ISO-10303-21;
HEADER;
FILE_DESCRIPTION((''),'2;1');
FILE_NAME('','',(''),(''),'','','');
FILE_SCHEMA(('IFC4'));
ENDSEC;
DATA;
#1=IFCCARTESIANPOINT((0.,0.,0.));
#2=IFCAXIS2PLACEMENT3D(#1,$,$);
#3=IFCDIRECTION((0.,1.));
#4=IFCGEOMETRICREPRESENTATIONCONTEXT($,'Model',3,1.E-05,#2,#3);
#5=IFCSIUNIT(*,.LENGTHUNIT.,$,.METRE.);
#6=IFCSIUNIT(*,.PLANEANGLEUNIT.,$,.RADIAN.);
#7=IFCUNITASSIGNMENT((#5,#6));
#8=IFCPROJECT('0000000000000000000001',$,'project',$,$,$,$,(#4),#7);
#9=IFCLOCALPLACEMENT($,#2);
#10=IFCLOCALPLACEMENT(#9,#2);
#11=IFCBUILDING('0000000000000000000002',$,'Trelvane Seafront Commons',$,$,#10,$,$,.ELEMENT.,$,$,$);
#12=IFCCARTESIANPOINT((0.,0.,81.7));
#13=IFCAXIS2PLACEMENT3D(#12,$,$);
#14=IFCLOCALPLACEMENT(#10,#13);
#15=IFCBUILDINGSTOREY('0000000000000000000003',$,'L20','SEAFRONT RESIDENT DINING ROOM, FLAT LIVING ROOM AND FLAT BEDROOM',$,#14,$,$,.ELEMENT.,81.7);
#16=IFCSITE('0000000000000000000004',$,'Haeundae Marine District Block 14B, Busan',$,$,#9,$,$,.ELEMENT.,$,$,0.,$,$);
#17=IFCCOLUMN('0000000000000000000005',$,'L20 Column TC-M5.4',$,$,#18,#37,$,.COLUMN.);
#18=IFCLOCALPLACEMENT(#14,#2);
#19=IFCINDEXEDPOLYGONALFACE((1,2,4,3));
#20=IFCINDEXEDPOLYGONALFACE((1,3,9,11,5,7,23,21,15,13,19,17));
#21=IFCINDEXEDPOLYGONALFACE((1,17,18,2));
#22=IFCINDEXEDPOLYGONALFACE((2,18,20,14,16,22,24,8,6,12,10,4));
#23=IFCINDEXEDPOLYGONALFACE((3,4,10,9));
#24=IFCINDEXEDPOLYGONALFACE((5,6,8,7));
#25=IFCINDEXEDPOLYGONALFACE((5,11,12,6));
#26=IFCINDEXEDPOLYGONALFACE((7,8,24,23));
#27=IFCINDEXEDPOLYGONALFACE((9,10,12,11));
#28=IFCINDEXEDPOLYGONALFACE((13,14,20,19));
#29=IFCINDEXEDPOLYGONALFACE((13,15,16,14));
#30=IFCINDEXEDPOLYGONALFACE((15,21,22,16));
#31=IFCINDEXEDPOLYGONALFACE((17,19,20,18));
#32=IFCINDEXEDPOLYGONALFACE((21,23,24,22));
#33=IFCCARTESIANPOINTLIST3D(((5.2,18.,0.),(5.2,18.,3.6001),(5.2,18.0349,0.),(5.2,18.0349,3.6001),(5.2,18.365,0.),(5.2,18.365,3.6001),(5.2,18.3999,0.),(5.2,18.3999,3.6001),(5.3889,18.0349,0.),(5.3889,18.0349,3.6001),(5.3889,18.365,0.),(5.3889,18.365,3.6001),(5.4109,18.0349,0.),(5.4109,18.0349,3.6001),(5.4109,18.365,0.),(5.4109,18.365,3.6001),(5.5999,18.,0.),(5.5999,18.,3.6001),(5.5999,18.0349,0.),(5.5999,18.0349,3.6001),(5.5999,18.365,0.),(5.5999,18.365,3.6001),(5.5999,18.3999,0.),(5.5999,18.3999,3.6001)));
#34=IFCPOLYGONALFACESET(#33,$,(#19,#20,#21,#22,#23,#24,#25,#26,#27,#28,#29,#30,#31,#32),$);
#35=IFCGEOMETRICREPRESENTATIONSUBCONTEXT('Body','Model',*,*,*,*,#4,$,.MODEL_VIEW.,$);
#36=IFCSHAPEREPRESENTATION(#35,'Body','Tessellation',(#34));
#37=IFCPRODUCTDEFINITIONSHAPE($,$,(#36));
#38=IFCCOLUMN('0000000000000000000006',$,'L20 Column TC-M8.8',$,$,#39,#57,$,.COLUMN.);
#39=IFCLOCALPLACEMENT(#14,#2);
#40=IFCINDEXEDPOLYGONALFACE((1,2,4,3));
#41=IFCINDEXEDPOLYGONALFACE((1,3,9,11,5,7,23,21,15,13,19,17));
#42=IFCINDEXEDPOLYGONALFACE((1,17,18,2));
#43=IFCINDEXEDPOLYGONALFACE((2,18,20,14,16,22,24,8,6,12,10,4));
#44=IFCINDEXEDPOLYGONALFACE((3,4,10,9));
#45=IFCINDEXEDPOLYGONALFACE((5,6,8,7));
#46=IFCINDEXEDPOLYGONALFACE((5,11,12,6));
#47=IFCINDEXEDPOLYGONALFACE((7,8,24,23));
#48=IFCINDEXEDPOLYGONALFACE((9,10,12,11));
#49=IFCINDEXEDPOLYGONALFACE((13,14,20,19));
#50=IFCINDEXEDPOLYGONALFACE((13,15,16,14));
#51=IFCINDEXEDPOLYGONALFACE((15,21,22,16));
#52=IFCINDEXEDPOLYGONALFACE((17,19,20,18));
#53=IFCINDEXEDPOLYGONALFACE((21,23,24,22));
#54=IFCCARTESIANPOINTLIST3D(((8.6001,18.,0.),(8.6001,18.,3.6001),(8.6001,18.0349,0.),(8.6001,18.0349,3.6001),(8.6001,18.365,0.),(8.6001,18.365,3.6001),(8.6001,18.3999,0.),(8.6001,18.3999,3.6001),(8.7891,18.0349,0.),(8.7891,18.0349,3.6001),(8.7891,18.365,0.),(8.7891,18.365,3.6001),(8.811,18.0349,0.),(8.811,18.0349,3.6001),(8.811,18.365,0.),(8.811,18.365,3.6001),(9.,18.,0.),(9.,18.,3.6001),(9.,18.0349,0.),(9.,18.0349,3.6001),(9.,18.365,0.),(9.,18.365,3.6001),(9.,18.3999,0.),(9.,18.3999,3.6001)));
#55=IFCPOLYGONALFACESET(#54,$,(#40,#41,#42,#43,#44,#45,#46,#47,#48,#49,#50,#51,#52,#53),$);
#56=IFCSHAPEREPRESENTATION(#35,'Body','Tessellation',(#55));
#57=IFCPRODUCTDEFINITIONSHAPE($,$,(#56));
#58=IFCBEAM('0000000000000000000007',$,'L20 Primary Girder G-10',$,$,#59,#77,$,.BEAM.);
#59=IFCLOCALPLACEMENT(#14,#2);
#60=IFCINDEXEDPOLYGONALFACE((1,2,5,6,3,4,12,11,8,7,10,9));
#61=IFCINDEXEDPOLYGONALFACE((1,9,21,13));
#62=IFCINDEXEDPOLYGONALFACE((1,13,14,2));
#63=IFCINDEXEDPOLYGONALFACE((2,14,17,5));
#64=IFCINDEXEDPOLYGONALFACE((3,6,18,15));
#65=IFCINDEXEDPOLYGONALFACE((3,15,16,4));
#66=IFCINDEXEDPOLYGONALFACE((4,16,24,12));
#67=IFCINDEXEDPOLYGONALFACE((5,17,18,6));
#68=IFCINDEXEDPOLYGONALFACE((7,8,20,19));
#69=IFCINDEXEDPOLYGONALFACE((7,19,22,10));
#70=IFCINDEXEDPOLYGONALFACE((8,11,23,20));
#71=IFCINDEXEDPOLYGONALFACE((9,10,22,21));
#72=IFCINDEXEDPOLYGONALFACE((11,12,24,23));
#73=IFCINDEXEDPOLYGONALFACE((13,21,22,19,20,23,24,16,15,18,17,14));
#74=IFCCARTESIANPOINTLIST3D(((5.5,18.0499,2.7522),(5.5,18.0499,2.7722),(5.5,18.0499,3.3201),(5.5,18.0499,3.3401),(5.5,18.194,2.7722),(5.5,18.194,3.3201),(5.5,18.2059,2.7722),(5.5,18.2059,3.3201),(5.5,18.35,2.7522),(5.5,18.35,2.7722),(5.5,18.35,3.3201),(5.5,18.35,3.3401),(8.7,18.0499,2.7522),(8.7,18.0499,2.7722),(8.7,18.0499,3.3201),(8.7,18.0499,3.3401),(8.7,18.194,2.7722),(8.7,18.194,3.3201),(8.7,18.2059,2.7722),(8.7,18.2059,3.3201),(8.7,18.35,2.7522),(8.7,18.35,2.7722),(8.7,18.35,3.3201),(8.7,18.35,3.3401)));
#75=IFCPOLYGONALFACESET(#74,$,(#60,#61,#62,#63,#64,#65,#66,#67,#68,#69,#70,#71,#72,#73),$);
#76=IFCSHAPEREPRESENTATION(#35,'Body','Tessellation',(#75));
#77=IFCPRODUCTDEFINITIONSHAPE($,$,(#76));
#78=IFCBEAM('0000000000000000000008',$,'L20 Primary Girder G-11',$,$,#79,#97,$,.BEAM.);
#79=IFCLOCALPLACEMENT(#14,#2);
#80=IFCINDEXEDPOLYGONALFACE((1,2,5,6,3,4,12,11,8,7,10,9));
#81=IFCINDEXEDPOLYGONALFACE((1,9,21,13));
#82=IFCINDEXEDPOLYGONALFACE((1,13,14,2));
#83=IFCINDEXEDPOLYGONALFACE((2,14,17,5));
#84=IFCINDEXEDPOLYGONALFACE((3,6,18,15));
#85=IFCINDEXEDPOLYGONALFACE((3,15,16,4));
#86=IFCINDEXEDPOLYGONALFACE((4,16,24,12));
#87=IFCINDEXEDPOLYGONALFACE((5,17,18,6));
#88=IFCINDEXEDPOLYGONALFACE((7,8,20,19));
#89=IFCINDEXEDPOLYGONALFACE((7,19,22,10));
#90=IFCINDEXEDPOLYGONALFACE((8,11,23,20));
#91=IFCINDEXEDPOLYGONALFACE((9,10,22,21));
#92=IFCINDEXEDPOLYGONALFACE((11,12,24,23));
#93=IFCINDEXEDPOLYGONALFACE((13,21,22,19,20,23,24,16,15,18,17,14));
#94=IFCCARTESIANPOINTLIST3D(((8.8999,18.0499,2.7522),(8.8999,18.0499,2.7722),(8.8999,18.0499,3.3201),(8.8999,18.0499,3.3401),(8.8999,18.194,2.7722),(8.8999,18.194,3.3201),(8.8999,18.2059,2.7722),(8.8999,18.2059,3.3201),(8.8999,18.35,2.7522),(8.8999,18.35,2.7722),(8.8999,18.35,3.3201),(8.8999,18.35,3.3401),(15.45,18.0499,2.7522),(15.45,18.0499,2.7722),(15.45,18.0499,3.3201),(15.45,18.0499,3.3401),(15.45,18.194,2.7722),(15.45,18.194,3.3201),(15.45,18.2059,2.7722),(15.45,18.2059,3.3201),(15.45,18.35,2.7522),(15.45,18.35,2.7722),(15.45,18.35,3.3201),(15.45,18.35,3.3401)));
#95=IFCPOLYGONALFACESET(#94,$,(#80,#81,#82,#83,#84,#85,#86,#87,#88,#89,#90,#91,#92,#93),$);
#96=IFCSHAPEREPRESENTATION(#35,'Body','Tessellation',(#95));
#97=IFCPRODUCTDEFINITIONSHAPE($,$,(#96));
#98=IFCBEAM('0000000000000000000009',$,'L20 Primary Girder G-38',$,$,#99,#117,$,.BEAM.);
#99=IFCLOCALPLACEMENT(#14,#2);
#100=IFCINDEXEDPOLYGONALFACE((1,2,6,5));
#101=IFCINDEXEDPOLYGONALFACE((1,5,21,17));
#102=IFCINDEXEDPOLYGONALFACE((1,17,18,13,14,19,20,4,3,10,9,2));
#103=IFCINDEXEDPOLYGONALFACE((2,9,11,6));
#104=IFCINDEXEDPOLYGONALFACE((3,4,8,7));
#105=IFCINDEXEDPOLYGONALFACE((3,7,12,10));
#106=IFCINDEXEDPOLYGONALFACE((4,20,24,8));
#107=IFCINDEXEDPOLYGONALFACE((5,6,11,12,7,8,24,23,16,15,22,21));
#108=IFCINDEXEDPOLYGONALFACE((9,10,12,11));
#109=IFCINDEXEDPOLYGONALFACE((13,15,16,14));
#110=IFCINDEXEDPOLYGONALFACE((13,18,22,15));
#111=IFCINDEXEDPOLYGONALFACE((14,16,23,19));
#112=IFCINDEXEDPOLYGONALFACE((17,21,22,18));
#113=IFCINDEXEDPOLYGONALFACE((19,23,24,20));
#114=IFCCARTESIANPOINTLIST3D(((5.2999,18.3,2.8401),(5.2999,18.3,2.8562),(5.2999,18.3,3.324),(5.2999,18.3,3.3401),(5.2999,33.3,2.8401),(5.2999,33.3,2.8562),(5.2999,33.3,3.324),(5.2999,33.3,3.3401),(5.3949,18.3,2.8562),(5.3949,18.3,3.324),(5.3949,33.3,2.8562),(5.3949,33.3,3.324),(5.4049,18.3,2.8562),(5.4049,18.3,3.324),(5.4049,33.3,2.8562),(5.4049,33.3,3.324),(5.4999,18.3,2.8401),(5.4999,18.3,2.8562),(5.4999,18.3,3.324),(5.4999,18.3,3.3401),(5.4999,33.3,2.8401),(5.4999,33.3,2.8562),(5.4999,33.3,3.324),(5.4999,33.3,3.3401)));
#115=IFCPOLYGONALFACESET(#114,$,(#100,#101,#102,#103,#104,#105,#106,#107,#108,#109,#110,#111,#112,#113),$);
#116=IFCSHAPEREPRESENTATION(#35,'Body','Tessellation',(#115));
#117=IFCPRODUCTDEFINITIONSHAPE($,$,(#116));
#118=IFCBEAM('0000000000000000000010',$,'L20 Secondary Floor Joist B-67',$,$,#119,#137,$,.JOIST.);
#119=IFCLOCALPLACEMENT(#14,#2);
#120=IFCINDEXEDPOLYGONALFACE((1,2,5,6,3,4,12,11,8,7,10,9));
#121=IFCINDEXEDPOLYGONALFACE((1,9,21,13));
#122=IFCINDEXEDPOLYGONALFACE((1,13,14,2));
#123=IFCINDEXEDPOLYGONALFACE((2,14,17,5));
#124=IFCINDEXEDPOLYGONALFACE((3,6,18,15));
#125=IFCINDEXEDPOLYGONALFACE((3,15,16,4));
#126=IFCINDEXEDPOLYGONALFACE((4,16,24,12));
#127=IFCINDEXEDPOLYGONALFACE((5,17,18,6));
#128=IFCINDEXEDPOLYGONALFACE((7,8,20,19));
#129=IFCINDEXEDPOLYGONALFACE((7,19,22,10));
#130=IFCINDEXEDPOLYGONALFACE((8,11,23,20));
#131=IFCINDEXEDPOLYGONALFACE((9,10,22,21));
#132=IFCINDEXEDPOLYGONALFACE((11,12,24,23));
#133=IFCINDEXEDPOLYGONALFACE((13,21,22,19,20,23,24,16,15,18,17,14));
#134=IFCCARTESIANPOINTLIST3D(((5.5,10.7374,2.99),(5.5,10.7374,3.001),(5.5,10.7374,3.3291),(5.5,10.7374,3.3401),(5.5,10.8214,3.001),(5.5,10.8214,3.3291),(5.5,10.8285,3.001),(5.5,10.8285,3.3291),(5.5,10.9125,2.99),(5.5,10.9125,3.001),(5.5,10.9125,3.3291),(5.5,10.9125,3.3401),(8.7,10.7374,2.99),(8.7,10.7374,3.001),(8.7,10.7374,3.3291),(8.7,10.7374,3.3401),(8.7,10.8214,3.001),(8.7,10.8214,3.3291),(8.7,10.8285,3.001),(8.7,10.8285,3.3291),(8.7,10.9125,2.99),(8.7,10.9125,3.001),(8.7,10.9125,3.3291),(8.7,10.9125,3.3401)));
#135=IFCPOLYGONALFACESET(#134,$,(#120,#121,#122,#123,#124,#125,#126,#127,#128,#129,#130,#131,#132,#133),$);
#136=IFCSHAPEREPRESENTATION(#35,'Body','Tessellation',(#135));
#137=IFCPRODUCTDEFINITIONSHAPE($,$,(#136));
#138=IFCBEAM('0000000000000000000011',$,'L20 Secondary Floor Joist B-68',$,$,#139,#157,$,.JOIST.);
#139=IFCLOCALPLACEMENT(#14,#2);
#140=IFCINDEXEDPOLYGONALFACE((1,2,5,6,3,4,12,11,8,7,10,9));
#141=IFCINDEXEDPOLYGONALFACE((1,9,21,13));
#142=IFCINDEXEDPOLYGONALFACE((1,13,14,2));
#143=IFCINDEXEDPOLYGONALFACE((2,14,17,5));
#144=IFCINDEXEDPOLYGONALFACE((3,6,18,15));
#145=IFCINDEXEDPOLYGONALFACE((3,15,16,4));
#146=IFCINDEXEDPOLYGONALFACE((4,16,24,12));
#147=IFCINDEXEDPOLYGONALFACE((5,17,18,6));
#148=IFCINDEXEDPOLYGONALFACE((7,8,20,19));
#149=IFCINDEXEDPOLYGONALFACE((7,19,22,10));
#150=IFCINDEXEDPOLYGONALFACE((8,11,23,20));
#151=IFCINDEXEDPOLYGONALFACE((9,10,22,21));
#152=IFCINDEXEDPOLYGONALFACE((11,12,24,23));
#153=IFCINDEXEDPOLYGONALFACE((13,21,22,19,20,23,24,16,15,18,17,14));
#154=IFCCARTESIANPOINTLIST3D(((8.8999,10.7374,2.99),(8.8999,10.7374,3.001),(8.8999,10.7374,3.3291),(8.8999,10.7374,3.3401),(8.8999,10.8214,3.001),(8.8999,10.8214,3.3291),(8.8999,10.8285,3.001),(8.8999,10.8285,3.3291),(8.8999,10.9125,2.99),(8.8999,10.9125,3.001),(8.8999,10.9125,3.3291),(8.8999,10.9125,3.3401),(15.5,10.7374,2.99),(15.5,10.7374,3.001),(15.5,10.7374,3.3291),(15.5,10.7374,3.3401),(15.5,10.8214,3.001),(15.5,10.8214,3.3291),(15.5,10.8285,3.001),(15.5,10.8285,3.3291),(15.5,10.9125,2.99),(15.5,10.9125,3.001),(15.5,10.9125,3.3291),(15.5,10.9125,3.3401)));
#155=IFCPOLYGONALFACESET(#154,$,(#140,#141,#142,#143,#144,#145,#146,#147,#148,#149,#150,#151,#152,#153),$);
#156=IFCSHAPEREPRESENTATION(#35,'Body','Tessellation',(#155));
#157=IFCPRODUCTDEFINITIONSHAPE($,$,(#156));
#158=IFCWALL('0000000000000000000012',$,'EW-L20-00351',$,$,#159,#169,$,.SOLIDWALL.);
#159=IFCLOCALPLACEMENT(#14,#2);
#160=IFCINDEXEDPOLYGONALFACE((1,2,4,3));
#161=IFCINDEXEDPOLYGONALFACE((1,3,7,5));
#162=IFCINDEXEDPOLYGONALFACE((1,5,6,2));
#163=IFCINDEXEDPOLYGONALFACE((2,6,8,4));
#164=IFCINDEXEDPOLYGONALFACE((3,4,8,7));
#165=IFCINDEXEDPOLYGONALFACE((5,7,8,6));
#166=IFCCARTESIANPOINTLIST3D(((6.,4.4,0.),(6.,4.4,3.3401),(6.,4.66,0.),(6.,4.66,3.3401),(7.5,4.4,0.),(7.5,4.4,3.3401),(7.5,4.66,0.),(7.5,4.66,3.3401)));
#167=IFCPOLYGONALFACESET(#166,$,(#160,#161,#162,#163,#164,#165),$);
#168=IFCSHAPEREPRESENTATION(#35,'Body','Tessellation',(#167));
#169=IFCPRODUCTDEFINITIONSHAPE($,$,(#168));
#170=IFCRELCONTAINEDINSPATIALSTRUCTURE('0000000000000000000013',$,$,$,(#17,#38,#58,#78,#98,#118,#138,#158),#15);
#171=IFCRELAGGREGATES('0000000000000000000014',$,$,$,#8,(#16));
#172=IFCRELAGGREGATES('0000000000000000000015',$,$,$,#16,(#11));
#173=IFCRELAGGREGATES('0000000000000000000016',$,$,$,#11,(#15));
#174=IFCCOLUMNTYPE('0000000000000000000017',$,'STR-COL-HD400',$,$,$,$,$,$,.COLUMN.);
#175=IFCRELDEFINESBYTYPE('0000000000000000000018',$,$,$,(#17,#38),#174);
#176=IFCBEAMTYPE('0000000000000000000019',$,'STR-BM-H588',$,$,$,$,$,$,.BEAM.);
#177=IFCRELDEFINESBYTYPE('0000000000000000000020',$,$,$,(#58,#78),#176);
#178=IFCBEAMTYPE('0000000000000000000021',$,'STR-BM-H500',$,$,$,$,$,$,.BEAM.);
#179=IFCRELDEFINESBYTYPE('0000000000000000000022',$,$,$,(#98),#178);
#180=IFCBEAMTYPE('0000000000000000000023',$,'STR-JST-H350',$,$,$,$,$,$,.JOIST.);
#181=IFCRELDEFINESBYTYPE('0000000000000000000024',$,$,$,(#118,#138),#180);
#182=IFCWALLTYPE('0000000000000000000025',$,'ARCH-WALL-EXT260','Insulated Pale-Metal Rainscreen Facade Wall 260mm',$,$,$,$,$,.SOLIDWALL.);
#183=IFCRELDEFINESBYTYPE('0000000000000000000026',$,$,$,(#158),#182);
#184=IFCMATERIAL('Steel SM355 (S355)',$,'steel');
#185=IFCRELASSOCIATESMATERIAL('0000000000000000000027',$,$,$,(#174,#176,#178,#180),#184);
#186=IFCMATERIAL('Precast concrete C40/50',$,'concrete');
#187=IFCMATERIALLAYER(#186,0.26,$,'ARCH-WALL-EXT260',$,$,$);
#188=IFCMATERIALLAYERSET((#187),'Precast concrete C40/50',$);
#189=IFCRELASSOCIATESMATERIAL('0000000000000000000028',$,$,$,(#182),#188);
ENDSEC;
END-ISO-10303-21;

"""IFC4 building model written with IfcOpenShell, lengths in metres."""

from ifc_helpers import new_model, si_unit, direction, frame, frame_2d, origin, origin_2d, place, context, subcontext, project, spatial, rectangle, i_section, extrude, source, transform, mapped, material, layer, layer_set, material_profile, profile_set, type_object, element, save


model = new_model("IFC4")

# Units and contexts
model_context = context("Model", 3, precision=1e-05, world=origin(), true_north=direction((0.0, 1.0)))
body_context = subcontext(model_context, "Body", "Model", "MODEL_VIEW")
ifc_project = project(units=[si_unit("LENGTHUNIT", "METRE"), si_unit("PLANEANGLEUNIT", "RADIAN")], contexts=[model_context])

# Site, building, storey
site_placement = place(None, origin())
site = spatial("IfcSite", under=ifc_project, at=site_placement, Name="Haeundae Marine District Block 14B, Busan", CompositionType="ELEMENT", RefElevation=0.0)
building_placement = place(site_placement, origin())
building = spatial("IfcBuilding", under=site, at=building_placement, Name="Trelvane Seafront Commons", CompositionType="ELEMENT")
storey_placement = place(building_placement, frame((0.0, 0.0, 81.7)))
storey = spatial("IfcBuildingStorey", under=building, at=storey_placement, Name="L20", Description="SEAFRONT RESIDENT DINING ROOM, FLAT LIVING ROOM AND FLAT BEDROOM", CompositionType="ELEMENT", Elevation=81.7)

# Columns
ifc_material_1 = material(Name="Steel SM355 (S355)", Category="steel")
ifc_material_profile_1 = material_profile(ifc_material_1, i_section(OverallWidth=0.3999, OverallDepth=0.3999, WebThickness=0.022, FlangeThickness=0.0349, at=origin_2d()), Name="HD-400x400x22x35")
ifc_profile_set_1 = profile_set([ifc_material_profile_1], Name="Steel SM355 (S355)")
column_type = type_object("IfcColumnType", Name="STR-COL-HD400", PredefinedType="COLUMN", material=ifc_profile_set_1)
shared_shape_1 = source(origin(), body_context, "Body", "SweptSolid", [
    extrude(i_section(OverallWidth=0.3999, OverallDepth=0.3999, WebThickness=0.022, FlangeThickness=0.0349, at=origin_2d()), origin(), (0.0, 0.0, 1.0), 3.6001),
])
for number, where, z_axis, x_axis, name in (
    (1, (5.3999, 18.2, 0.0), (0.0, 0.0, 1.0), (1.0, 0.0, 0.0), "L20 Column TC-M5.4"),
    (2, (8.8, 18.2, 0.0), (0.0, 0.0, 1.0), (1.0, 0.0, 0.0), "L20 Column TC-M8.8"),
):
    element("IfcColumn", number, at=place(storey_placement, frame(where, z_axis=z_axis, x_axis=x_axis)), inside=storey, type_object=column_type, Name=name, PredefinedType="COLUMN", context=body_context, shape_type="MappedRepresentation", body=[
        mapped(shared_shape_1, transform((0.0, 0.0, 0.0), x_axis=(1.0, 0.0, 0.0), y_axis=(0.0, 1.0, 0.0), z_axis=(0.0, 0.0, 1.0), scale=1.0)),
    ])

# Beams
ifc_material_profile_2 = material_profile(ifc_material_1, i_section(OverallWidth=0.3, OverallDepth=0.5879, WebThickness=0.012, FlangeThickness=0.02, at=origin_2d()), Name="H-588x300x12x20")
ifc_profile_set_2 = profile_set([ifc_material_profile_2], Name="Steel SM355 (S355)")
beam_type_1 = type_object("IfcBeamType", Name="STR-BM-H588", PredefinedType="BEAM", material=ifc_profile_set_2)
shared_shape_2 = source(origin(), body_context, "Body", "SweptSolid", [
    extrude(i_section(OverallWidth=0.3, OverallDepth=0.5879, WebThickness=0.012, FlangeThickness=0.02, at=origin_2d()), origin(), (0.0, 0.0, 1.0), 3.2),
])
beam_1_placement = place(storey_placement, frame((5.5, 18.2, 3.0461), z_axis=(1.0, 0.0, 0.0), x_axis=(0.0, 1.0, 0.0)))
element("IfcBeam", 3, at=beam_1_placement, inside=storey, type_object=beam_type_1, Name="L20 Primary Girder G-10", PredefinedType="BEAM", context=body_context, shape_type="MappedRepresentation", body=[
    mapped(shared_shape_2, transform((0.0, 0.0, 0.0), x_axis=(1.0, 0.0, 0.0), y_axis=(0.0, 1.0, 0.0), z_axis=(0.0, 0.0, 1.0), scale=1.0)),
])
shared_shape_3 = source(origin(), body_context, "Body", "SweptSolid", [
    extrude(i_section(OverallWidth=0.3, OverallDepth=0.5879, WebThickness=0.012, FlangeThickness=0.02, at=origin_2d()), origin(), (0.0, 0.0, 1.0), 6.55),
])
beam_2_placement = place(storey_placement, frame((8.8999, 18.2, 3.0461), z_axis=(1.0, 0.0, 0.0), x_axis=(0.0, 1.0, 0.0)))
element("IfcBeam", 4, at=beam_2_placement, inside=storey, type_object=beam_type_1, Name="L20 Primary Girder G-11", PredefinedType="BEAM", context=body_context, shape_type="MappedRepresentation", body=[
    mapped(shared_shape_3, transform((0.0, 0.0, 0.0), x_axis=(1.0, 0.0, 0.0), y_axis=(0.0, 1.0, 0.0), z_axis=(0.0, 0.0, 1.0), scale=1.0)),
])
ifc_material_profile_3 = material_profile(ifc_material_1, i_section(OverallWidth=0.2, OverallDepth=0.5, WebThickness=0.01, FlangeThickness=0.0161, at=origin_2d()), Name="H-500x200x10x16")
ifc_profile_set_3 = profile_set([ifc_material_profile_3], Name="Steel SM355 (S355)")
beam_type_2 = type_object("IfcBeamType", Name="STR-BM-H500", PredefinedType="BEAM", material=ifc_profile_set_3)
shared_shape_4 = source(origin(), body_context, "Body", "SweptSolid", [
    extrude(i_section(OverallWidth=0.2, OverallDepth=0.5, WebThickness=0.01, FlangeThickness=0.0161, at=origin_2d()), origin(), (0.0, 0.0, 1.0), 15.0),
])
beam_3_placement = place(storey_placement, frame((5.3999, 18.3, 3.0901), z_axis=(0.0, 1.0, 0.0), x_axis=(-1.0, 0.0, 0.0)))
element("IfcBeam", 5, at=beam_3_placement, inside=storey, type_object=beam_type_2, Name="L20 Primary Girder G-38", PredefinedType="BEAM", context=body_context, shape_type="MappedRepresentation", body=[
    mapped(shared_shape_4, transform((0.0, 0.0, 0.0), x_axis=(1.0, 0.0, 0.0), y_axis=(0.0, 1.0, 0.0), z_axis=(0.0, 0.0, 1.0), scale=1.0)),
])
ifc_material_profile_4 = material_profile(ifc_material_1, i_section(OverallWidth=0.175, OverallDepth=0.3501, WebThickness=0.0071, FlangeThickness=0.011, at=origin_2d()), Name="H-350x175x7x11")
ifc_profile_set_4 = profile_set([ifc_material_profile_4], Name="Steel SM355 (S355)")
beam_type_3 = type_object("IfcBeamType", Name="STR-JST-H350", PredefinedType="JOIST", material=ifc_profile_set_4)
shared_shape_5 = source(origin(), body_context, "Body", "SweptSolid", [
    extrude(i_section(OverallWidth=0.175, OverallDepth=0.3501, WebThickness=0.0071, FlangeThickness=0.011, at=origin_2d()), origin(), (0.0, 0.0, 1.0), 3.2),
])
beam_4_placement = place(storey_placement, frame((5.5, 10.825, 3.165), z_axis=(1.0, 0.0, 0.0), x_axis=(0.0, 1.0, 0.0)))
element("IfcBeam", 6, at=beam_4_placement, inside=storey, type_object=beam_type_3, Name="L20 Secondary Floor Joist B-67", PredefinedType="JOIST", context=body_context, shape_type="MappedRepresentation", body=[
    mapped(shared_shape_5, transform((0.0, 0.0, 0.0), x_axis=(1.0, 0.0, 0.0), y_axis=(0.0, 1.0, 0.0), z_axis=(0.0, 0.0, 1.0), scale=1.0)),
])
shared_shape_6 = source(origin(), body_context, "Body", "SweptSolid", [
    extrude(i_section(OverallWidth=0.175, OverallDepth=0.3501, WebThickness=0.0071, FlangeThickness=0.011, at=origin_2d()), origin(), (0.0, 0.0, 1.0), 6.6001),
])
beam_5_placement = place(storey_placement, frame((8.8999, 10.825, 3.165), z_axis=(1.0, 0.0, 0.0), x_axis=(0.0, 1.0, 0.0)))
element("IfcBeam", 7, at=beam_5_placement, inside=storey, type_object=beam_type_3, Name="L20 Secondary Floor Joist B-68", PredefinedType="JOIST", context=body_context, shape_type="MappedRepresentation", body=[
    mapped(shared_shape_6, transform((0.0, 0.0, 0.0), x_axis=(1.0, 0.0, 0.0), y_axis=(0.0, 1.0, 0.0), z_axis=(0.0, 0.0, 1.0), scale=1.0)),
])

# Wall
ifc_material_2 = material(Name="Precast concrete C40/50", Category="concrete")
ifc_layer_1 = layer(ifc_material_2, 0.26, Name="ARCH-WALL-EXT260")
ifc_layer_set_1 = layer_set([ifc_layer_1], Name="Precast concrete C40/50")
wall_type_1 = type_object("IfcWallType", Name="ARCH-WALL-EXT260", Description="Insulated Pale-Metal Rainscreen Facade Wall 260mm", PredefinedType="SOLIDWALL", material=ifc_layer_set_1)
wall_1_placement = place(storey_placement, frame((7.5, 4.53, 0.0), z_axis=(0.0, 0.0, 1.0), x_axis=(-1.0, 0.0, 0.0)))
element("IfcWall", 8, at=wall_1_placement, inside=storey, type_object=wall_type_1, Name="EW-L20-00351", PredefinedType="SOLIDWALL", context=body_context, shape_type="SweptSolid", body=[
    extrude(rectangle(XDim=1.5, YDim=0.26, at=frame_2d((0.75, 0.0))), origin(), (0.0, 0.0, 1.0), 3.3401),
])

save(model, "model.ifc")
